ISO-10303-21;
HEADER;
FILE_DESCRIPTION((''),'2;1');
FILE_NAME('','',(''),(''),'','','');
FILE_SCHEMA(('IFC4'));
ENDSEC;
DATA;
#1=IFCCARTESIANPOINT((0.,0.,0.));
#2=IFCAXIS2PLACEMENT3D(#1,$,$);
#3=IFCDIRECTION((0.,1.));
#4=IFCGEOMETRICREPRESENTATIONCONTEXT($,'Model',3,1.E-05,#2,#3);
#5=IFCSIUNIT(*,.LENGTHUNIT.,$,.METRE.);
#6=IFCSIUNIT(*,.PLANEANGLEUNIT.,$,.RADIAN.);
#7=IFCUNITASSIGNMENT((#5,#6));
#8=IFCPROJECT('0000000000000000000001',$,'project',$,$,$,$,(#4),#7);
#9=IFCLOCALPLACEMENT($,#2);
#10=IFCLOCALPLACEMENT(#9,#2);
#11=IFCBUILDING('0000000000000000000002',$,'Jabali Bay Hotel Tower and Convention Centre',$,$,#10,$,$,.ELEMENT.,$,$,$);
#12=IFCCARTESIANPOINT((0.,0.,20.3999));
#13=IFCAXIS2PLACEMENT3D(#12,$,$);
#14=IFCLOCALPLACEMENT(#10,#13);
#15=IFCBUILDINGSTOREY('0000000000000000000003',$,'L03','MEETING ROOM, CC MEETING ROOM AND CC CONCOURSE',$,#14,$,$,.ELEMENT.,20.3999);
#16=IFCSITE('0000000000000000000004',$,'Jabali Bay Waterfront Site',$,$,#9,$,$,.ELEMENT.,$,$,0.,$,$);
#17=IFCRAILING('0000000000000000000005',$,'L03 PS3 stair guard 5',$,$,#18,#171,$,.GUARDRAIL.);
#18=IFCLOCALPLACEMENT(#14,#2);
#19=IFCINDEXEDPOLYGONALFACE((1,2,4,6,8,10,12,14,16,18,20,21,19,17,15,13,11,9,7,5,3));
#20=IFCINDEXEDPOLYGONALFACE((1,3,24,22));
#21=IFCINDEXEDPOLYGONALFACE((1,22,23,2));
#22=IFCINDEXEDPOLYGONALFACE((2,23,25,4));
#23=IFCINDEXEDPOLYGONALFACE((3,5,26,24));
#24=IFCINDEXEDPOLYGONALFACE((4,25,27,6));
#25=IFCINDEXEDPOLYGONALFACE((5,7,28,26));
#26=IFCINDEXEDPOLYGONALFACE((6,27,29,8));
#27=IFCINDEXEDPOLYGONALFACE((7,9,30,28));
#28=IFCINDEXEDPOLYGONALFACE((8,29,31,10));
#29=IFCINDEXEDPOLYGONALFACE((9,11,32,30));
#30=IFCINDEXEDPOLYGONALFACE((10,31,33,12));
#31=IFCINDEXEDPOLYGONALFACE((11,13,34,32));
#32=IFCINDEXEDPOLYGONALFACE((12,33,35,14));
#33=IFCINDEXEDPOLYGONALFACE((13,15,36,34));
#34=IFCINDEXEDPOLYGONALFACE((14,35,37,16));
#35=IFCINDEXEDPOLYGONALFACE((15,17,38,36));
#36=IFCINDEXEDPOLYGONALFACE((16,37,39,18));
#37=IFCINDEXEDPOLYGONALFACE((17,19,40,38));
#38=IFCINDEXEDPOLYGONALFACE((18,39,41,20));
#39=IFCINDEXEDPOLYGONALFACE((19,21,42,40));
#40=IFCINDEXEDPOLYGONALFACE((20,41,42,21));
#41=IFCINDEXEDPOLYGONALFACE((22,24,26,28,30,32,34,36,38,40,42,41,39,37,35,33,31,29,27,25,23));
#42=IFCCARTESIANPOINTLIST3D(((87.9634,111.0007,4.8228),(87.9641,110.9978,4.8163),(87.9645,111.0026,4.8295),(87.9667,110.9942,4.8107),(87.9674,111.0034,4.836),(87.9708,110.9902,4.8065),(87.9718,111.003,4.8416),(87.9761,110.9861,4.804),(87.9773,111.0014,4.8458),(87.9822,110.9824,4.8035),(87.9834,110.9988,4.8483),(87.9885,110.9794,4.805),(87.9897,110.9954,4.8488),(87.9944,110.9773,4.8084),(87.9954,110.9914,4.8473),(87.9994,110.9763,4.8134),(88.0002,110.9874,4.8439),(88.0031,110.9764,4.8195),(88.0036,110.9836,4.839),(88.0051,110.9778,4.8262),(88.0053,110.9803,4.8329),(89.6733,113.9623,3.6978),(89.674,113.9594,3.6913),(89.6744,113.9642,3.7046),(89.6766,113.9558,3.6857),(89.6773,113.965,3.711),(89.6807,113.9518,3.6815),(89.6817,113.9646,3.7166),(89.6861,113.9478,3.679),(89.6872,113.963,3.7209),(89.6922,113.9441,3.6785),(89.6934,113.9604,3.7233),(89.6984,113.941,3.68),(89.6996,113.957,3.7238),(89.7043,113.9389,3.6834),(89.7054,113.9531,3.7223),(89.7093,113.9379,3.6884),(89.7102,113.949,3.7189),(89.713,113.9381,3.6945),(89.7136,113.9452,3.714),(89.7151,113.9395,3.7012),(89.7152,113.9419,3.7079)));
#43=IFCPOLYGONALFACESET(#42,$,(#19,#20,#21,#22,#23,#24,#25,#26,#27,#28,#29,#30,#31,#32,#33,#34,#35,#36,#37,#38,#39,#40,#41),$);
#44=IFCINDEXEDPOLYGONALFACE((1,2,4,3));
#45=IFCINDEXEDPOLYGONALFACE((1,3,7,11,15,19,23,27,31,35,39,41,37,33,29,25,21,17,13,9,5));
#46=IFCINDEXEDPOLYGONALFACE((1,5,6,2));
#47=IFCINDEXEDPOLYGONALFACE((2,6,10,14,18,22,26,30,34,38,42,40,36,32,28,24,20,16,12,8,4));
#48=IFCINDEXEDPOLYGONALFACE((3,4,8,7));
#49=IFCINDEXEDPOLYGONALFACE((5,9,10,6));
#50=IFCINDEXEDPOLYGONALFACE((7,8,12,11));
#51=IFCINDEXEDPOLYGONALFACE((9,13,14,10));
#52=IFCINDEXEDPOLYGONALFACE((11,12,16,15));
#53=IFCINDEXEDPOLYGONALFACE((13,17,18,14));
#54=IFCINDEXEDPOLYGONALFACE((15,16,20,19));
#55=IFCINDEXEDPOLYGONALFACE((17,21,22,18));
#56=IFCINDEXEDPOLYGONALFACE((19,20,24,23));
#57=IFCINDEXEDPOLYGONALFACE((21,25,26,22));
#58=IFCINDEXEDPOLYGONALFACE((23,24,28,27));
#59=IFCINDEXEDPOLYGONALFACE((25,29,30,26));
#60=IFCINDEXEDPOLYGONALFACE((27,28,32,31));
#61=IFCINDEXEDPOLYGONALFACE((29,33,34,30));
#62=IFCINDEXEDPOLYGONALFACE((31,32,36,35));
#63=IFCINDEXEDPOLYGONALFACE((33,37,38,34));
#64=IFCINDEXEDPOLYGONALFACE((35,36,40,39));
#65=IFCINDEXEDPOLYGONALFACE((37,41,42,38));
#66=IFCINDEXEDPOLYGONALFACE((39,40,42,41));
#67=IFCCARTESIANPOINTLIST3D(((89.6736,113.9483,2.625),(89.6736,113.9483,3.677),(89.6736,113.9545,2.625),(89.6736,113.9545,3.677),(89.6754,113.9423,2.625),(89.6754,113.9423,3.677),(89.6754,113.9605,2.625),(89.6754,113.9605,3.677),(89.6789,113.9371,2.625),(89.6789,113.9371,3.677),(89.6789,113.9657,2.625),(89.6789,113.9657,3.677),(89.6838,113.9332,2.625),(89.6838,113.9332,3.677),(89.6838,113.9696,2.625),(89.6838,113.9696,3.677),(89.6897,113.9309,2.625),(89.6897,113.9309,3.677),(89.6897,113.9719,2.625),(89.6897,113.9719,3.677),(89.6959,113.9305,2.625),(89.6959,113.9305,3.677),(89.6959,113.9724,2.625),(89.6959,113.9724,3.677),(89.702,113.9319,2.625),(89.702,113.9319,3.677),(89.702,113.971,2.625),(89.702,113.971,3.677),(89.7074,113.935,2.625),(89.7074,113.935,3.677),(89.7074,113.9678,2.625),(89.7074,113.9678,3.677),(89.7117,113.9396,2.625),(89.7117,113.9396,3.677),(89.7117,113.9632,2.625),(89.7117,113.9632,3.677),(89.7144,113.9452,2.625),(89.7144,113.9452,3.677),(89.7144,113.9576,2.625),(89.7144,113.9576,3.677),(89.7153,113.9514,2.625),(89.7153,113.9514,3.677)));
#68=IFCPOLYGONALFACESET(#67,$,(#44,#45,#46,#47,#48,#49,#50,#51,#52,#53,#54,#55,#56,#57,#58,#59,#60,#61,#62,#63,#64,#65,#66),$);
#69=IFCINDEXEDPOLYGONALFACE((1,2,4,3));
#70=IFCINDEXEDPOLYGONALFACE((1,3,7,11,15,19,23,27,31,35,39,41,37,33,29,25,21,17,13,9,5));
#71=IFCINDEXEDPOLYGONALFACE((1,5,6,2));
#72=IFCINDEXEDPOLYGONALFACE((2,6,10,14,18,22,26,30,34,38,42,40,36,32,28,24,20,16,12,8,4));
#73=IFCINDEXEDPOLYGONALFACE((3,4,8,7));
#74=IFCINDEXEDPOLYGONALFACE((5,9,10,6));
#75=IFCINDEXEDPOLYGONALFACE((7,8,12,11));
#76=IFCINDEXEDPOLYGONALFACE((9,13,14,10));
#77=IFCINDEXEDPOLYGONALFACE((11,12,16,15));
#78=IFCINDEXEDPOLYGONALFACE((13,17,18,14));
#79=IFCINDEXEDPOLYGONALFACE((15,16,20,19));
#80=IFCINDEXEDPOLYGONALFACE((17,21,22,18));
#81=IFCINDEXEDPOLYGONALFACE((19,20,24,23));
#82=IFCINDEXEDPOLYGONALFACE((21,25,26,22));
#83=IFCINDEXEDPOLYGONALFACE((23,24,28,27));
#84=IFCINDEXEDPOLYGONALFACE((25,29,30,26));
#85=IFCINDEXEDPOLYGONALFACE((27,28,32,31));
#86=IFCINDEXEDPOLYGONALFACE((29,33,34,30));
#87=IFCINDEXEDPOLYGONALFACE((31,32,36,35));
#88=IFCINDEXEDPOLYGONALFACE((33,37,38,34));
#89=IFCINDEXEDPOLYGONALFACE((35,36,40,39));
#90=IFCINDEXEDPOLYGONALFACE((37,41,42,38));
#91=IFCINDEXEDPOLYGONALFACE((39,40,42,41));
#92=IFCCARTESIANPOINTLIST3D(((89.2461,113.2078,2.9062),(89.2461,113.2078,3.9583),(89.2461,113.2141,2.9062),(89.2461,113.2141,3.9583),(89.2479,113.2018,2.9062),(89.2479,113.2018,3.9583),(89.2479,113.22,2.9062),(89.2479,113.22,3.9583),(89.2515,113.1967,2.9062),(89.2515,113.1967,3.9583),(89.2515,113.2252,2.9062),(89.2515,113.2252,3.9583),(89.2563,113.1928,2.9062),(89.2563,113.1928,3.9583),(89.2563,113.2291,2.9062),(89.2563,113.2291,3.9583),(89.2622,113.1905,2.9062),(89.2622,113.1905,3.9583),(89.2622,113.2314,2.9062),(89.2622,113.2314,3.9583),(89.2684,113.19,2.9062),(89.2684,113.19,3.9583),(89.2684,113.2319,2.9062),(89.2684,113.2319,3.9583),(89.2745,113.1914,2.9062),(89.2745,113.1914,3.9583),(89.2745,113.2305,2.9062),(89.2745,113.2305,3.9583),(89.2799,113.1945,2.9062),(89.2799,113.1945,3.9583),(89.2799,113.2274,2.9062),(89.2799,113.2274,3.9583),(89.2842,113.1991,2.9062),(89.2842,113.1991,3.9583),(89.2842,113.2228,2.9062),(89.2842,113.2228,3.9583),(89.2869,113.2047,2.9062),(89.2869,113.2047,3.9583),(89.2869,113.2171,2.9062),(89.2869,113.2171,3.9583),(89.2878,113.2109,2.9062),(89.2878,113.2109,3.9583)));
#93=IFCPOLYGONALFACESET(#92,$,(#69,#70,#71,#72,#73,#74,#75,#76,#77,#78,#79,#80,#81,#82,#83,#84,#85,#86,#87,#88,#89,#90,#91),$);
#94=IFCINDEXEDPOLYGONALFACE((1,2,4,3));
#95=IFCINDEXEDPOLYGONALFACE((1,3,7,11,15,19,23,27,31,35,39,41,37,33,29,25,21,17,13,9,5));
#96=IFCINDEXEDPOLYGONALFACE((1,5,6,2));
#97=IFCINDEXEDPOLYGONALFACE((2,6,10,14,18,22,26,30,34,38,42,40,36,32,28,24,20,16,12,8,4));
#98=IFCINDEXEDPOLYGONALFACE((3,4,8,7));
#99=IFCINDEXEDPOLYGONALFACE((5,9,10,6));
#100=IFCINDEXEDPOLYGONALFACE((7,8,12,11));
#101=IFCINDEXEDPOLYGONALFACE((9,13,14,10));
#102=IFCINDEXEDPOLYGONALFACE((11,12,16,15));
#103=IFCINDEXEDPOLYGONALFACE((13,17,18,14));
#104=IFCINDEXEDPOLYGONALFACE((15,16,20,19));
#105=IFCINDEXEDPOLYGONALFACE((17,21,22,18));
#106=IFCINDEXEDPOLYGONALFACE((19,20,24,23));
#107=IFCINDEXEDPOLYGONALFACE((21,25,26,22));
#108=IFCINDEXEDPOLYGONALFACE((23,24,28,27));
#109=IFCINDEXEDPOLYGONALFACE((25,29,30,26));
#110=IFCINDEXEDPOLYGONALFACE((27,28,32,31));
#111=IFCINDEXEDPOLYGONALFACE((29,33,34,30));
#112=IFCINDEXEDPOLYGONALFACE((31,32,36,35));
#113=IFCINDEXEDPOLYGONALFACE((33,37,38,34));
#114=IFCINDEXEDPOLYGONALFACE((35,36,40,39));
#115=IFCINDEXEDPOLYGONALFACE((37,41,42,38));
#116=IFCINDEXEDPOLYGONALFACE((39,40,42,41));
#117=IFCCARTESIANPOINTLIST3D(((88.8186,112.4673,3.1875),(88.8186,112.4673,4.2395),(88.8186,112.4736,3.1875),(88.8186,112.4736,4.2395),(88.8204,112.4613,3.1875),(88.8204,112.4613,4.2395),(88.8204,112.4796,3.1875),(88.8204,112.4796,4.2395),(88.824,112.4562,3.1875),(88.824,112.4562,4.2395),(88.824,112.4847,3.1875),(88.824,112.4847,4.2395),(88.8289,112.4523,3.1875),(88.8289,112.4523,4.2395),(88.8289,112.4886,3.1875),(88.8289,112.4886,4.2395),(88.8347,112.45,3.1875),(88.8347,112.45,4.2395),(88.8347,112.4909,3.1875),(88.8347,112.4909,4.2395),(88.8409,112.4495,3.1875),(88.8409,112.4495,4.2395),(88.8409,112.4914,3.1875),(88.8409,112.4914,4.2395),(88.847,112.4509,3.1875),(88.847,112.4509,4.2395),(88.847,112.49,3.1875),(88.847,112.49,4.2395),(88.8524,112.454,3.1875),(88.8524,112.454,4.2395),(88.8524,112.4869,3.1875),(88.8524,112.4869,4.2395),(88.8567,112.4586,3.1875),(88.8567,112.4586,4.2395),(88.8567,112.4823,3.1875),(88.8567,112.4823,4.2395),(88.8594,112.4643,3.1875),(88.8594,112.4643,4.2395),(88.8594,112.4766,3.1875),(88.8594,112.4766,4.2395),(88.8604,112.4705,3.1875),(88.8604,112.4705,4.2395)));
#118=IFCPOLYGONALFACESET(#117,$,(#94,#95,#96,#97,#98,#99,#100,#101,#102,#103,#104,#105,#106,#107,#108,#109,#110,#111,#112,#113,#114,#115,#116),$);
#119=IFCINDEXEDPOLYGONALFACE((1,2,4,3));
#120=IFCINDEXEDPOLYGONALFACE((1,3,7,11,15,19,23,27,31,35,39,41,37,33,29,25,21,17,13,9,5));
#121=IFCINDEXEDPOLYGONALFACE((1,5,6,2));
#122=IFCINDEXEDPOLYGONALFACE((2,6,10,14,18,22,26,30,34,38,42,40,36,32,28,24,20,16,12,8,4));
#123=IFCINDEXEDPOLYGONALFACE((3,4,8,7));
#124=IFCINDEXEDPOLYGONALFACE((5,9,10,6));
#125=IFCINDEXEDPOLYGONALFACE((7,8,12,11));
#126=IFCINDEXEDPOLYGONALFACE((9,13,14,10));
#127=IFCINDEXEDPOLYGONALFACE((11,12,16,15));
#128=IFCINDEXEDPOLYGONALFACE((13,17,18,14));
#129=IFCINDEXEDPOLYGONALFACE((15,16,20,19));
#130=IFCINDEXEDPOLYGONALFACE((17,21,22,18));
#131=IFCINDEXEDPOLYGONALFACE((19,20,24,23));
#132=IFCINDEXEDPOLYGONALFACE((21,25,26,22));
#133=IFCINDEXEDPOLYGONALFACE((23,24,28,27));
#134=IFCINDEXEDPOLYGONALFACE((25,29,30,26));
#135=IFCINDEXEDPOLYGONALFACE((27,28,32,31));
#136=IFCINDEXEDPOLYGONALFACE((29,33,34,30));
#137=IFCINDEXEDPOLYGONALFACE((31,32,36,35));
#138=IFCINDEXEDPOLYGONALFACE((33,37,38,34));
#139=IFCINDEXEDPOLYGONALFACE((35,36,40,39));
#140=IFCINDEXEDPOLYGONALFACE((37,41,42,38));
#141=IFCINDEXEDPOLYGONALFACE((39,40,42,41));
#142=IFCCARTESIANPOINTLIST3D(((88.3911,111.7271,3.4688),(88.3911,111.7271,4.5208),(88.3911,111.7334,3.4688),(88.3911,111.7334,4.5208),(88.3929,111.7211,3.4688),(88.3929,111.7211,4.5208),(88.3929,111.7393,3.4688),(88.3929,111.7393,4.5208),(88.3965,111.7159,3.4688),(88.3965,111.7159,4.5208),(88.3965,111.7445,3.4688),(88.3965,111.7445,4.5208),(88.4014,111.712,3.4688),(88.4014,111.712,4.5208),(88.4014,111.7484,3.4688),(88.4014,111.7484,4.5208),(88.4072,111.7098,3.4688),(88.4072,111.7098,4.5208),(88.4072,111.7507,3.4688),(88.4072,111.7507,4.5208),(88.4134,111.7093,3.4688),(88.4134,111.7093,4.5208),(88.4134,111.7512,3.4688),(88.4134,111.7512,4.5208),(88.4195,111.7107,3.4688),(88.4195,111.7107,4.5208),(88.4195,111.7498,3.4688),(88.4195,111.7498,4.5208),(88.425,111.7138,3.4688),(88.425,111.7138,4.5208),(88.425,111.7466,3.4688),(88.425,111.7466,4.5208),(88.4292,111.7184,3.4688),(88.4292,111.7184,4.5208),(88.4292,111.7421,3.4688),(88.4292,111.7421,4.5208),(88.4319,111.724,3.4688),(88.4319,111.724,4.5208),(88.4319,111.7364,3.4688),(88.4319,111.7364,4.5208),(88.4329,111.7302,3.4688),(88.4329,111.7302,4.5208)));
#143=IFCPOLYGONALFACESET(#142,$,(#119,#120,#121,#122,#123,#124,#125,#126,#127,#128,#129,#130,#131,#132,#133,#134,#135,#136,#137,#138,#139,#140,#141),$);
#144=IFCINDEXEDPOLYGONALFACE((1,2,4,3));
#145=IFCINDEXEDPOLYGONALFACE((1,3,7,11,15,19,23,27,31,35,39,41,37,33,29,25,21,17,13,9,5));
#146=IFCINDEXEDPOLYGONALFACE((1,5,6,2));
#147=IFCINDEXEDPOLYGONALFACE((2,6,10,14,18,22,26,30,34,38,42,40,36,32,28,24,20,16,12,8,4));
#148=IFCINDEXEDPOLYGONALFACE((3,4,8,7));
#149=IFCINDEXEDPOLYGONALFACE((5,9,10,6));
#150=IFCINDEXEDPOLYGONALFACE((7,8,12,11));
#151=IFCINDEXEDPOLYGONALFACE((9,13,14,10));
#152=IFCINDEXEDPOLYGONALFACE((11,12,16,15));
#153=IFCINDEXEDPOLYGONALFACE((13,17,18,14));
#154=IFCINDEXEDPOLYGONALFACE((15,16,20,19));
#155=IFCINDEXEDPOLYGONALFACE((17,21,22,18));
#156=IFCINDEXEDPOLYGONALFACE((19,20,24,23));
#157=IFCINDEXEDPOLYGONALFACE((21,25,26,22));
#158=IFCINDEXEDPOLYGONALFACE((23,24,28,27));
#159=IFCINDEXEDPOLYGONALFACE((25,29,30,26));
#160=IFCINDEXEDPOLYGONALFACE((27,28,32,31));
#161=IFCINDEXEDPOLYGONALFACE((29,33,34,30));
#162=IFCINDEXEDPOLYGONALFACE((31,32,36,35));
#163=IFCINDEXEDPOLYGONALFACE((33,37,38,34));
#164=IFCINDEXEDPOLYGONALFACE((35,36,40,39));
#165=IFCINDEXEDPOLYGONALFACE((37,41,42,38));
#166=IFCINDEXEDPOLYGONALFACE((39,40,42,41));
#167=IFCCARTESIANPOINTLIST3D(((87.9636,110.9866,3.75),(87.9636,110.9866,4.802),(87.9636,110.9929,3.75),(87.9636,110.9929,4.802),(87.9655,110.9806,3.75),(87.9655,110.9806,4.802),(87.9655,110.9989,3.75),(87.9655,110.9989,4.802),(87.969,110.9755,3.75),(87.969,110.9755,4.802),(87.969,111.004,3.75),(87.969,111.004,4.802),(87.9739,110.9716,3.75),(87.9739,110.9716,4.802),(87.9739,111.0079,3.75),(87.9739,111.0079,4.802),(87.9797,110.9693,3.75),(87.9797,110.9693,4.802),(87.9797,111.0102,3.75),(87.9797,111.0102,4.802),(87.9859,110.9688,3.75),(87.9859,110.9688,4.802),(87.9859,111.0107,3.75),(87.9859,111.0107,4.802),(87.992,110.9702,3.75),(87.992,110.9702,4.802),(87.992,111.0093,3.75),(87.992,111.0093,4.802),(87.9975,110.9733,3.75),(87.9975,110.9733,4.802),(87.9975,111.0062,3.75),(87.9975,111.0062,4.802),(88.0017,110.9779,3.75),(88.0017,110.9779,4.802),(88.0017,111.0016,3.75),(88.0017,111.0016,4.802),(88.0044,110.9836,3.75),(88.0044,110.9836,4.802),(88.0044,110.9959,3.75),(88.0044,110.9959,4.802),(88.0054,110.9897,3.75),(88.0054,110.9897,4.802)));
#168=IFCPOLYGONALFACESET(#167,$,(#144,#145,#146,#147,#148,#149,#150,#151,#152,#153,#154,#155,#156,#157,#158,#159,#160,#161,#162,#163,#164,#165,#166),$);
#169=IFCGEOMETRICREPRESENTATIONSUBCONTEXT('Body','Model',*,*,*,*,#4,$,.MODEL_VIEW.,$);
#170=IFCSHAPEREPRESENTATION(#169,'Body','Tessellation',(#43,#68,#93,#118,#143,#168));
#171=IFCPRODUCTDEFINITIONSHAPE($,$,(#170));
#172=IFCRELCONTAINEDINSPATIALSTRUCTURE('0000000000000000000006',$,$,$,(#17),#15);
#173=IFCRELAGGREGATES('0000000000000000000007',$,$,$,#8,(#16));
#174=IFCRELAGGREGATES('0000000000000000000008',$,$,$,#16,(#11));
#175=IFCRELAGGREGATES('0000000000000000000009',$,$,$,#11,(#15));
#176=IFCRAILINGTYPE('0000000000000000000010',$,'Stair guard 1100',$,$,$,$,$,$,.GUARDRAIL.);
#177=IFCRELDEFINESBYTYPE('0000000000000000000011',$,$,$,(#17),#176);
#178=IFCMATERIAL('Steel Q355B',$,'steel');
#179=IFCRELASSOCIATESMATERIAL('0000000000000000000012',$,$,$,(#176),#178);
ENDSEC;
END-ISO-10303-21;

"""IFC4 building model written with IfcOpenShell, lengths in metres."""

from ifc_helpers import new_model, si_unit, direction, frame, origin, origin_2d, place, context, subcontext, project, spatial, circle, extrude, material, type_object, element, save


model = new_model("IFC4")

# Units and contexts
model_context = context("Model", 3, precision=1e-05, world=origin(), true_north=direction((0.0, 1.0)))
body_context = subcontext(model_context, "Body", "Model", "MODEL_VIEW")
ifc_project = project(units=[si_unit("LENGTHUNIT", "METRE"), si_unit("PLANEANGLEUNIT", "RADIAN")], contexts=[model_context])

# Site, building, storey
site_placement = place(None, origin())
site = spatial("IfcSite", under=ifc_project, at=site_placement, Name="Jabali Bay Waterfront Site", CompositionType="ELEMENT", RefElevation=0.0)
building_placement = place(site_placement, origin())
building = spatial("IfcBuilding", under=site, at=building_placement, Name="Jabali Bay Hotel Tower and Convention Centre", CompositionType="ELEMENT")
storey_placement = place(building_placement, frame((0.0, 0.0, 20.3999)))
storey = spatial("IfcBuildingStorey", under=building, at=storey_placement, Name="L03", Description="MEETING ROOM, CC MEETING ROOM AND CC CONCOURSE", CompositionType="ELEMENT", Elevation=20.3999)

# Railing
ifc_material_1 = material(Name="Steel Q355B", Category="steel")
railing_type_1 = type_object("IfcRailingType", Name="Stair guard 1100", PredefinedType="GUARDRAIL", material=ifc_material_1)
railing_1_placement = place(storey_placement, frame((89.6943, 113.9514, 2.625)))
element("IfcRailing", 1, at=railing_1_placement, inside=storey, type_object=railing_type_1, Name="L03 PS3 stair guard 5", PredefinedType="GUARDRAIL", context=body_context, shape_type="SweptSolid", body=[
    extrude(circle(Radius=0.0239, at=origin_2d()), frame((0.0, 0.0, 1.0762), z_axis=(-0.474969, -0.822652, 0.312487), x_axis=(0.86602, -0.500009, 0.0)), (0.0, 0.0, 1.0), 3.6001),
    extrude(circle(Radius=0.021, at=origin_2d()), origin(), (0.0, 0.0, 1.0), 1.052),
    extrude(circle(Radius=0.021, at=origin_2d()), frame((-0.4275, -0.7405, 0.2812)), (0.0, 0.0, 1.0), 1.052),
    extrude(circle(Radius=0.021, at=origin_2d()), frame((-0.855, -1.481, 0.5625)), (0.0, 0.0, 1.0), 1.052),
    extrude(circle(Radius=0.021, at=origin_2d()), frame((-1.2825, -2.2212, 0.8438)), (0.0, 0.0, 1.0), 1.052),
    extrude(circle(Radius=0.021, at=origin_2d()), frame((-1.71, -2.9617, 1.125)), (0.0, 0.0, 1.0), 1.052),
])

save(model, "model.ifc")
